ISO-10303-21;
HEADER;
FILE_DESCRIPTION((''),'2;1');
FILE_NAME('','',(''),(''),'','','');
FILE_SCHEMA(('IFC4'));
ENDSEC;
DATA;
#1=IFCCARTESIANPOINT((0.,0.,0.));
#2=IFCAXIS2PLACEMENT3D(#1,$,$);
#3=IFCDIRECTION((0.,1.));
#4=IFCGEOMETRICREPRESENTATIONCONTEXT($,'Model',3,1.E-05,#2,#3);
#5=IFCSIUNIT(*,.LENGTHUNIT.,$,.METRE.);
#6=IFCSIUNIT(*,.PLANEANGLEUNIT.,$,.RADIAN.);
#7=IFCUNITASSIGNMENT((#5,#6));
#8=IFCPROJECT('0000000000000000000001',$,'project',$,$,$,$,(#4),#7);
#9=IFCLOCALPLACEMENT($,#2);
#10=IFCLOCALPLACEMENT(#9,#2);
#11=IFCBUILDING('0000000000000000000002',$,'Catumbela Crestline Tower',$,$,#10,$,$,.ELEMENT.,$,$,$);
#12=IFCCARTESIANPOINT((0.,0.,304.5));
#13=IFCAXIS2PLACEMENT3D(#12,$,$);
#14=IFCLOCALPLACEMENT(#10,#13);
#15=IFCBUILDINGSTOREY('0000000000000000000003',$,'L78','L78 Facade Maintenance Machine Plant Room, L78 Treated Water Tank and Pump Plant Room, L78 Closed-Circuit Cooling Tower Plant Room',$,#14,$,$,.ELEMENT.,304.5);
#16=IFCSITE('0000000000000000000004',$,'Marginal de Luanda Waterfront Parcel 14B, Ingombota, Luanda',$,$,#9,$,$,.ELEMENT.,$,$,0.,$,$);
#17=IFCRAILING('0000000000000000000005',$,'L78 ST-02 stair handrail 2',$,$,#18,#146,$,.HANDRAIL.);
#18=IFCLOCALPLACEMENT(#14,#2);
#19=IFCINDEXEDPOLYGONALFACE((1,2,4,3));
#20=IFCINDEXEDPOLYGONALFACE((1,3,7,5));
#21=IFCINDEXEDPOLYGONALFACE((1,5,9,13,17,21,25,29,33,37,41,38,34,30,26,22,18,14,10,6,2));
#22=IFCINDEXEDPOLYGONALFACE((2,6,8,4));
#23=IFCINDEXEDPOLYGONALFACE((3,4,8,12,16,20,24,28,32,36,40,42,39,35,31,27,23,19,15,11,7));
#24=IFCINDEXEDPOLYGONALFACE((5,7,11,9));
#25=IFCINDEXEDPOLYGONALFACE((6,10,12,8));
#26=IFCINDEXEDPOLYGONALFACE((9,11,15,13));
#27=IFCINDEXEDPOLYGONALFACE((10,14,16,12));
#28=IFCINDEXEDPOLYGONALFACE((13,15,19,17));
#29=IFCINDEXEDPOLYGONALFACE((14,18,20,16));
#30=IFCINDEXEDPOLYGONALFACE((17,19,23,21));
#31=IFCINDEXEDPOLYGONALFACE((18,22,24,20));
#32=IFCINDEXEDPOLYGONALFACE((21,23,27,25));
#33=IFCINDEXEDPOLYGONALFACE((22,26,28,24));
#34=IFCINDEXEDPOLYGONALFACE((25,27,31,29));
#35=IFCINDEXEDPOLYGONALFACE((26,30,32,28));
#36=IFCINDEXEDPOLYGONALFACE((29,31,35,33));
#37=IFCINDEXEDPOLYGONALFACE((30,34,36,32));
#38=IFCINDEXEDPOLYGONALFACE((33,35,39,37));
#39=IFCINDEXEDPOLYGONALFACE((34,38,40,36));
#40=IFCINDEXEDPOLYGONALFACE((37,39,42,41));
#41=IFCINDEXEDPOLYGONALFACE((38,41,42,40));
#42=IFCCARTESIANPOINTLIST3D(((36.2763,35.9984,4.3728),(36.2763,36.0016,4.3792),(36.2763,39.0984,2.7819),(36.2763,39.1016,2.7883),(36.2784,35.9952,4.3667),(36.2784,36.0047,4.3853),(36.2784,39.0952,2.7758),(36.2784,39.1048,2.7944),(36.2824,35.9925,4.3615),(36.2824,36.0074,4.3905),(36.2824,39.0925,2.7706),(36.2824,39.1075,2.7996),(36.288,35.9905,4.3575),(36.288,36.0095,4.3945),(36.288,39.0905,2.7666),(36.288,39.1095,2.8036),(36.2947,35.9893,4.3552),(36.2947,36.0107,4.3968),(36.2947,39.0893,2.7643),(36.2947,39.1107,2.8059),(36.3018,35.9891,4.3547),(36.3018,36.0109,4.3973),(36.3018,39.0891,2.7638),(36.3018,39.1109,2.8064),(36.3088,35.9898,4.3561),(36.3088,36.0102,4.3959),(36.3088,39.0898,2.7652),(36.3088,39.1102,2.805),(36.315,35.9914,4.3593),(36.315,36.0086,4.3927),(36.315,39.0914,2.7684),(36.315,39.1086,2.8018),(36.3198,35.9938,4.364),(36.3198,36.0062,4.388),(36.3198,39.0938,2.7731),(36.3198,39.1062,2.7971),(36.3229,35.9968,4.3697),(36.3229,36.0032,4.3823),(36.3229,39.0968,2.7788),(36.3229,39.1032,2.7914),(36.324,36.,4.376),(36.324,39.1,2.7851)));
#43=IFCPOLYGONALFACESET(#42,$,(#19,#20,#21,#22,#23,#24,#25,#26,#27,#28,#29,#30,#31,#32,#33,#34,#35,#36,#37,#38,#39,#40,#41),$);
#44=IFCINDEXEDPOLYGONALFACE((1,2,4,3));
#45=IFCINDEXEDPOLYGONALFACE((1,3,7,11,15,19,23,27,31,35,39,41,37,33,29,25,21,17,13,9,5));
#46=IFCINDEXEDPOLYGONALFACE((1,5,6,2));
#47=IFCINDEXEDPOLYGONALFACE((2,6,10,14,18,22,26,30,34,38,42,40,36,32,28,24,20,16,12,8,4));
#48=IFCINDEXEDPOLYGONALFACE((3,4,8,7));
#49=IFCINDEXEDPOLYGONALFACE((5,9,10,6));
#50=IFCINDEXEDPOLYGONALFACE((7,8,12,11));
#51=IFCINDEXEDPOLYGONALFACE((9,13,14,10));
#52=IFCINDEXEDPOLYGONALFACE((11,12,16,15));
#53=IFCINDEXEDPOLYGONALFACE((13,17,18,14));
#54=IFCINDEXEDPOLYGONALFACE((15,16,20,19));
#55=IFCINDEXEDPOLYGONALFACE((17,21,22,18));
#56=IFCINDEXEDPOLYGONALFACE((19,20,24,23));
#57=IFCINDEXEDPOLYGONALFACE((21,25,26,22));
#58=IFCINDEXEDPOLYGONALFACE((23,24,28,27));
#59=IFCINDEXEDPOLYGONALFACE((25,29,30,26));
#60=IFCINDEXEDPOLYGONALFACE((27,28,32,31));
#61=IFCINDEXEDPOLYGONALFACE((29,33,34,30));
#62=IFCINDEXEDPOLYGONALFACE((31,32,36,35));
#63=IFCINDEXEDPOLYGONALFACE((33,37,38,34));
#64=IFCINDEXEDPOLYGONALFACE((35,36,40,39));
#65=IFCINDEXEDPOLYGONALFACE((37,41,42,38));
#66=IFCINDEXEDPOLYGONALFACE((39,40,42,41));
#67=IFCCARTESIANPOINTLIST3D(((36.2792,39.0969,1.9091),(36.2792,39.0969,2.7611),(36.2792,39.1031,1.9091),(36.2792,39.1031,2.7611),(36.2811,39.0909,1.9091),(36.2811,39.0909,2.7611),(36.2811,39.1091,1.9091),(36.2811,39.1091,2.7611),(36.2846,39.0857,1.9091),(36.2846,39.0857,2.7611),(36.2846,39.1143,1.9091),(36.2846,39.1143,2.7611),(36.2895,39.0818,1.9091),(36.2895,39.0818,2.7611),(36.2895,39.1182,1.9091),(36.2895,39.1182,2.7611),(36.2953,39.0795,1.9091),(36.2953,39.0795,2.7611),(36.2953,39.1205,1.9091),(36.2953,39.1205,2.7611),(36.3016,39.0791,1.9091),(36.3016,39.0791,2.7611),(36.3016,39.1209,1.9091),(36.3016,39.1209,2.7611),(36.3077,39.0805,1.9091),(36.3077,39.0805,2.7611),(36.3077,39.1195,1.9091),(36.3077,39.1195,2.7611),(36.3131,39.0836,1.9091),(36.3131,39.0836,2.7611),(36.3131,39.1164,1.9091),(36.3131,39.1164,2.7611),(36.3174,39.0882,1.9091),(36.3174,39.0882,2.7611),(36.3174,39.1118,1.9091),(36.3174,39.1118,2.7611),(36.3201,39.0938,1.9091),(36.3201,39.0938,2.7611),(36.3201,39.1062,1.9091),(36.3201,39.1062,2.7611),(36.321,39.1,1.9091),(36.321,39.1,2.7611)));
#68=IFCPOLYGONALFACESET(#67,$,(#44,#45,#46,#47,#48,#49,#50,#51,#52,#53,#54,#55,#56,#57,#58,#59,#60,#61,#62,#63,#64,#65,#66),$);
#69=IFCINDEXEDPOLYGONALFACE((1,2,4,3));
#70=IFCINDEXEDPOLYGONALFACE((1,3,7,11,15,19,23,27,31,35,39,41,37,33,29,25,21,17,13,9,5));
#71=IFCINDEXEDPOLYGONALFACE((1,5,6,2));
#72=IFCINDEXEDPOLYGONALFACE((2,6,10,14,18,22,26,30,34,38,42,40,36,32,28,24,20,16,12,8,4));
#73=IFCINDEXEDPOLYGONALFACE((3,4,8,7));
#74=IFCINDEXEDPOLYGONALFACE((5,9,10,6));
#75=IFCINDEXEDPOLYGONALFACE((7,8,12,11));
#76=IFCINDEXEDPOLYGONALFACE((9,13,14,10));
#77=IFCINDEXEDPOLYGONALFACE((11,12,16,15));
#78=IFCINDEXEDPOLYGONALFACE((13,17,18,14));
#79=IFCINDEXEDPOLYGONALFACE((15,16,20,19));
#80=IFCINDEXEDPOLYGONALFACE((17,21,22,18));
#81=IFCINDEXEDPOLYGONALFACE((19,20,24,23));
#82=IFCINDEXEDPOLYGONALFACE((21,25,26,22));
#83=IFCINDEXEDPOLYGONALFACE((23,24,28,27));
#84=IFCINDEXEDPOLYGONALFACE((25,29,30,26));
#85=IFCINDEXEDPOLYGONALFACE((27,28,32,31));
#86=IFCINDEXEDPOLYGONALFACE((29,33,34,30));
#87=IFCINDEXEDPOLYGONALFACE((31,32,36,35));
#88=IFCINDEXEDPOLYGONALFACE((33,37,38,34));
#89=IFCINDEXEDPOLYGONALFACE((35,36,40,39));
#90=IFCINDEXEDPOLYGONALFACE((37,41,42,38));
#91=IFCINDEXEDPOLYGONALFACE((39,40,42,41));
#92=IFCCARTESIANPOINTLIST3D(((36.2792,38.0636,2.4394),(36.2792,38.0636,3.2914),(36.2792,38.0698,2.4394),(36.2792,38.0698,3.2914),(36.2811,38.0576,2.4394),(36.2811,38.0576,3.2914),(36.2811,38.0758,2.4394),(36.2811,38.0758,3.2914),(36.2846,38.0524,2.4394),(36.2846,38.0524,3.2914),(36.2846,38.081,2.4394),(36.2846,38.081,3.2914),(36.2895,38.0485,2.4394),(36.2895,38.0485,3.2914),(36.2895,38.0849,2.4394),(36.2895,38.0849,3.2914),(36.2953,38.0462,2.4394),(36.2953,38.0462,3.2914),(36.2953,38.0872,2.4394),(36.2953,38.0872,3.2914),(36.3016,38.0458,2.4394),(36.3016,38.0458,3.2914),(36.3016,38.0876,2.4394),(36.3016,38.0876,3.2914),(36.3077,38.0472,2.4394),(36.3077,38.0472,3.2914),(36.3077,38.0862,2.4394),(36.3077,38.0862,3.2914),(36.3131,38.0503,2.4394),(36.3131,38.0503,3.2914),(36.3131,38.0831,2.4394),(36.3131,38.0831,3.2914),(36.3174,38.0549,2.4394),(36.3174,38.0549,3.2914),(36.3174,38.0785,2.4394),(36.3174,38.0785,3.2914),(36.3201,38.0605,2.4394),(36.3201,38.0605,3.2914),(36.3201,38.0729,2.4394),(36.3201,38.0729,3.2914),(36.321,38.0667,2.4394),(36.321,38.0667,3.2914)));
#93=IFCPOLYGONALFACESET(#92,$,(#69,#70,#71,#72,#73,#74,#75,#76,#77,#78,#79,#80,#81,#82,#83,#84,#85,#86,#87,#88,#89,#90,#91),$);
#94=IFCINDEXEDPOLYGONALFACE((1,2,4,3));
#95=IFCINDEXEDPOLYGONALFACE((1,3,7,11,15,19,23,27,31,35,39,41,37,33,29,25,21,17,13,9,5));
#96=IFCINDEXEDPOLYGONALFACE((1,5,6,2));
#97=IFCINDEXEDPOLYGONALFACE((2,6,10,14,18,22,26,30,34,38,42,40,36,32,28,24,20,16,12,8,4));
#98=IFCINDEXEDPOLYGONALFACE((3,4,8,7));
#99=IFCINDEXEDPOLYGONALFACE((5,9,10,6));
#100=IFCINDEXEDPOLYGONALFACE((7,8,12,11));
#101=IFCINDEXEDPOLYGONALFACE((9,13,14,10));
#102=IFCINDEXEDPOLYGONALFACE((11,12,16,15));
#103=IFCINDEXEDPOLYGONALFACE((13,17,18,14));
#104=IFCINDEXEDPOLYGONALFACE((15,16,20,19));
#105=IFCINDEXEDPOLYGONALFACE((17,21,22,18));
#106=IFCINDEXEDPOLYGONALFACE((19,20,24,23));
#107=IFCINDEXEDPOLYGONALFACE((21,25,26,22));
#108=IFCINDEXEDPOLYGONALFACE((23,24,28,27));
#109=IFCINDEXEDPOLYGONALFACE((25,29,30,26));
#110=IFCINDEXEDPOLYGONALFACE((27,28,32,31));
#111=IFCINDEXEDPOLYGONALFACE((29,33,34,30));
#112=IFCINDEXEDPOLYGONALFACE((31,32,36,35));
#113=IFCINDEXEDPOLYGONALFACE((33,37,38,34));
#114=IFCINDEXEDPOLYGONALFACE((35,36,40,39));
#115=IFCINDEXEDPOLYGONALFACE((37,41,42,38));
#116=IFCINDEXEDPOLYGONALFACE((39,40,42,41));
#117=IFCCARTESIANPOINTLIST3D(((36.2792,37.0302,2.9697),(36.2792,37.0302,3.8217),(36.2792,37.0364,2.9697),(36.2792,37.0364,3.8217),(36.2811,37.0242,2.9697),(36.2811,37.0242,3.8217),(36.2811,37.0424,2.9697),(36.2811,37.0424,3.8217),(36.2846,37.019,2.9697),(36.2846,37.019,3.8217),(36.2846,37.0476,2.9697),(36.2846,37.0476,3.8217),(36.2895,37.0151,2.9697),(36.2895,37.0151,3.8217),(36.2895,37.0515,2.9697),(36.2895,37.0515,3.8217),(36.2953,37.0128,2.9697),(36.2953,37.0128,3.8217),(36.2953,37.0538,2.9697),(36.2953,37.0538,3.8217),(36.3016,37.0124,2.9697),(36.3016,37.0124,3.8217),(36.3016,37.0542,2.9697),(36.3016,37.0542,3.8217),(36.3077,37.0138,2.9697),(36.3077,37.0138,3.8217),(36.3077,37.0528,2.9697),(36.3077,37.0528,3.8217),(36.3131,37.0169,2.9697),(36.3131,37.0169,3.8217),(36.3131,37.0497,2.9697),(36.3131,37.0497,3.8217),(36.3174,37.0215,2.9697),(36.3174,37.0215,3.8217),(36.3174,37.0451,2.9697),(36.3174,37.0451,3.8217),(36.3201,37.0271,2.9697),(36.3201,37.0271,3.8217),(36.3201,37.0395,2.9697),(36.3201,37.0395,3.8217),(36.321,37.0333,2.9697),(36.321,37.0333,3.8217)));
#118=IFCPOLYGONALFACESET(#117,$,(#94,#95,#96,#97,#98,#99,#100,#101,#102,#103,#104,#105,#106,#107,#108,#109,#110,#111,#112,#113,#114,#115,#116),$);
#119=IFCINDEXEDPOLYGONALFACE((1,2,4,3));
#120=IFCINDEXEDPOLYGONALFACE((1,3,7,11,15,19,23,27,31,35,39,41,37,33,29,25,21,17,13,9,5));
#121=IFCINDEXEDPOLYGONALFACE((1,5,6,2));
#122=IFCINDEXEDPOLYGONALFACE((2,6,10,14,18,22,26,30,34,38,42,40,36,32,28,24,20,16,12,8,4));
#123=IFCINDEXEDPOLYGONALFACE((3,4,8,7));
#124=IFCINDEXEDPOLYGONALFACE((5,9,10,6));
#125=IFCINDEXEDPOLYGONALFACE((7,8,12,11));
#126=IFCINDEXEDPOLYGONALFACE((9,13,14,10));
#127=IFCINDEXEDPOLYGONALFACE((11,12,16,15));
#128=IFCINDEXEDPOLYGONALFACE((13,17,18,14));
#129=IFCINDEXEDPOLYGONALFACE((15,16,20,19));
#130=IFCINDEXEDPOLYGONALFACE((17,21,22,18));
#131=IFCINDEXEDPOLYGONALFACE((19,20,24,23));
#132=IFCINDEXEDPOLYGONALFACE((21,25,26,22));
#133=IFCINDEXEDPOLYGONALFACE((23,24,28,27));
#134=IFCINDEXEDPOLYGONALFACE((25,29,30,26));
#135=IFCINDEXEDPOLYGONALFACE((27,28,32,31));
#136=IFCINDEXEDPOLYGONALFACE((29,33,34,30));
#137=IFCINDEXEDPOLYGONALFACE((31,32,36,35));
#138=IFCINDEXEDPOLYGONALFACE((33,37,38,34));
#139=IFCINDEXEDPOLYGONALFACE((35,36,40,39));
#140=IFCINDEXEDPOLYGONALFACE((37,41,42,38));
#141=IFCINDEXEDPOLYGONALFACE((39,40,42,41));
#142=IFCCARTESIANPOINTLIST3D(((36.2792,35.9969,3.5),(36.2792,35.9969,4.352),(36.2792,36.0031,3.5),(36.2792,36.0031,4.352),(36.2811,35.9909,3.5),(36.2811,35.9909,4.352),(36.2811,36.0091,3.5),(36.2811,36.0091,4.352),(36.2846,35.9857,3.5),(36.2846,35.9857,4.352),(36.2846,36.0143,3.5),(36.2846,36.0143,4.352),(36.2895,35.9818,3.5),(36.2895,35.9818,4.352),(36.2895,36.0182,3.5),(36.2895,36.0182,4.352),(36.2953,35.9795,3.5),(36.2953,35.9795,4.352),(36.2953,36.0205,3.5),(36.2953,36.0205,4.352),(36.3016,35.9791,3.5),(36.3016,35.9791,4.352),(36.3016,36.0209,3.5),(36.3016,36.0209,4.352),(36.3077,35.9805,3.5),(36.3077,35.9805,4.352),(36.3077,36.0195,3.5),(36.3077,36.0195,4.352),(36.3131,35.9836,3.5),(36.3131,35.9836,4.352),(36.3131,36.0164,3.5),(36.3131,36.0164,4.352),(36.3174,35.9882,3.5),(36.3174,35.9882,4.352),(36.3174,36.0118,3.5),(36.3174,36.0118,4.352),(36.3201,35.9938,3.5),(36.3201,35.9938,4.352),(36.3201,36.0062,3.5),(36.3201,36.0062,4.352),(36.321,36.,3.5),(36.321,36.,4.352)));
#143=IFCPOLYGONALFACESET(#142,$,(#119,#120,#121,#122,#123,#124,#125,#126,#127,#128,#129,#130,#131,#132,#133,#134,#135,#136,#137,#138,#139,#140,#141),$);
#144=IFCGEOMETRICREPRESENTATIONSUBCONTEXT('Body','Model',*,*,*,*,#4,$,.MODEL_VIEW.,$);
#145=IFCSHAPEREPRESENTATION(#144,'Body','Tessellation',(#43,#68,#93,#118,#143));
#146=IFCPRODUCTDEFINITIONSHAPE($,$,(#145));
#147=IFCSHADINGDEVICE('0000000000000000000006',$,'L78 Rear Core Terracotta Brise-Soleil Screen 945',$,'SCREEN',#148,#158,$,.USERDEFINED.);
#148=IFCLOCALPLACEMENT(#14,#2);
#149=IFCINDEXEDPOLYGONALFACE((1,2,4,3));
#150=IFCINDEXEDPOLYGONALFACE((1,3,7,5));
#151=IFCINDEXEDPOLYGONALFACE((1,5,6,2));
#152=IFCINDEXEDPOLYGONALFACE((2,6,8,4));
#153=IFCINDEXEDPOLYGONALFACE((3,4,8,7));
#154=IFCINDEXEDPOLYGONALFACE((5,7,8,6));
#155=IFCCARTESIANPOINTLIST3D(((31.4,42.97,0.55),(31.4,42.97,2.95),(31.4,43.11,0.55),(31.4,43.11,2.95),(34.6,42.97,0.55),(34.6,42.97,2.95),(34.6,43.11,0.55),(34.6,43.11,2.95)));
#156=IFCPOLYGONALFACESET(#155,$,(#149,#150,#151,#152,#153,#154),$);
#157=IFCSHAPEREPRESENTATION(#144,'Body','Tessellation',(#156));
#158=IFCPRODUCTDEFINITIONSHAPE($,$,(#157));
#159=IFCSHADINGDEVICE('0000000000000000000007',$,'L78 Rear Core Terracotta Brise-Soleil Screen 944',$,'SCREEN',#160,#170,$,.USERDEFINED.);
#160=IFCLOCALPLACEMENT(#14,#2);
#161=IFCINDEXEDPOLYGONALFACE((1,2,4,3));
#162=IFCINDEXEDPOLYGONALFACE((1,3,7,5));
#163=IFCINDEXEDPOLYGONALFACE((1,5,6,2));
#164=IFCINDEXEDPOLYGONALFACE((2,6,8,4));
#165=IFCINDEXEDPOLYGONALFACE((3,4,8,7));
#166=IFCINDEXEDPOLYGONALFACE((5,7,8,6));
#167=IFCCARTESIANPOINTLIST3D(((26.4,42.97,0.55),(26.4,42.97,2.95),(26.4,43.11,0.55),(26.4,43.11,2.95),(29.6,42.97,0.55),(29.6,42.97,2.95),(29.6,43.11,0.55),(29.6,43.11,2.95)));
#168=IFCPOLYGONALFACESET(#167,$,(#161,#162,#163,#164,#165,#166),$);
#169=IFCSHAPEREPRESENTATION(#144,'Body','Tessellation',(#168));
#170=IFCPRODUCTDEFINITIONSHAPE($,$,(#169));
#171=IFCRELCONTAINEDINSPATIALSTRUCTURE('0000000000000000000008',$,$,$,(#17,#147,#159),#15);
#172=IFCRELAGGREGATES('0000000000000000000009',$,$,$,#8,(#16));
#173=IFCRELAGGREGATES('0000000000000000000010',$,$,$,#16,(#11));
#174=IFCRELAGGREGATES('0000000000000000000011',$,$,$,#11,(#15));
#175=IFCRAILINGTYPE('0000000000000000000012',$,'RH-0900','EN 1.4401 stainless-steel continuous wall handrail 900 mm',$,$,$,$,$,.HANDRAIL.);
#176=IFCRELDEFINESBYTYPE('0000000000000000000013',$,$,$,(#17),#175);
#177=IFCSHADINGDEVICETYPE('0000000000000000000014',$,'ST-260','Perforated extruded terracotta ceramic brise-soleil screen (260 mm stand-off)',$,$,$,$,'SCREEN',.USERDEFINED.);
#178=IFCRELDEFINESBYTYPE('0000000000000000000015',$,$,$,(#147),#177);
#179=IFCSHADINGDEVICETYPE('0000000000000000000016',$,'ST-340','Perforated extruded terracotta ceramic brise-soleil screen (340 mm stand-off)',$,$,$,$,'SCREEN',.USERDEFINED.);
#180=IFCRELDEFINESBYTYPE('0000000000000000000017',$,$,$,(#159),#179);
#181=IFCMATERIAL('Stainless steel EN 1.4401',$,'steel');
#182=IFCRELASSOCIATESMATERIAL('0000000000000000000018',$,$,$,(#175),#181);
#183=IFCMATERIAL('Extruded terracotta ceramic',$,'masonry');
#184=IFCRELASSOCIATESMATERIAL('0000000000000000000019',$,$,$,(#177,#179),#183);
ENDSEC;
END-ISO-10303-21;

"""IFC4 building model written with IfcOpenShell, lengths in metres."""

from ifc_helpers import new_model, si_unit, direction, frame, origin, origin_2d, place, context, subcontext, project, spatial, rectangle, circle, extrude, material, type_object, element, save


model = new_model("IFC4")

# Units and contexts
model_context = context("Model", 3, precision=1e-05, world=origin(), true_north=direction((0.0, 1.0)))
body_context = subcontext(model_context, "Body", "Model", "MODEL_VIEW")
ifc_project = project(units=[si_unit("LENGTHUNIT", "METRE"), si_unit("PLANEANGLEUNIT", "RADIAN")], contexts=[model_context])

# Site, building, storey
site_placement = place(None, origin())
site = spatial("IfcSite", under=ifc_project, at=site_placement, Name="Marginal de Luanda Waterfront Parcel 14B, Ingombota, Luanda", CompositionType="ELEMENT", RefElevation=0.0)
building_placement = place(site_placement, origin())
building = spatial("IfcBuilding", under=site, at=building_placement, Name="Catumbela Crestline Tower", CompositionType="ELEMENT")
storey_placement = place(building_placement, frame((0.0, 0.0, 304.5)))
storey = spatial("IfcBuildingStorey", under=building, at=storey_placement, Name="L78", Description="L78 Facade Maintenance Machine Plant Room, L78 Treated Water Tank and Pump Plant Room, L78 Closed-Circuit Cooling Tower Plant Room", CompositionType="ELEMENT", Elevation=304.5)

# Shared definitions
ifc_material_1 = material(Name="Stainless steel EN 1.4401", Category="steel")

# Railing
railing_type = type_object("IfcRailingType", Name="RH-0900", Description="EN 1.4401 stainless-steel continuous wall handrail 900 mm", PredefinedType="HANDRAIL", material=ifc_material_1)
railing_placement = place(storey_placement, frame((36.3, 39.1, 1.9091)))
element("IfcRailing", 1, at=railing_placement, inside=storey, type_object=railing_type, Name="L78 ST-02 stair handrail 2", PredefinedType="HANDRAIL", context=body_context, shape_type="SweptSolid", body=[
    extrude(circle(Radius=0.024, at=origin_2d()), frame((0.0, 0.0, 0.876), z_axis=(0.0, -0.889683, 0.456579), x_axis=(1.0, 0.0, 0.0)), (0.0, 0.0, 1.0), 3.4844),
    extrude(circle(Radius=0.021, at=origin_2d()), origin(), (0.0, 0.0, 1.0), 0.852),
    extrude(circle(Radius=0.021, at=origin_2d()), frame((0.0, -1.0333, 0.5303)), (0.0, 0.0, 1.0), 0.852),
    extrude(circle(Radius=0.021, at=origin_2d()), frame((0.0, -2.0667, 1.0606)), (0.0, 0.0, 1.0), 0.852),
    extrude(circle(Radius=0.021, at=origin_2d()), frame((0.0, -3.1, 1.5909)), (0.0, 0.0, 1.0), 0.852),
])

# Shading devices
ifc_material_2 = material(Name="Extruded terracotta ceramic", Category="masonry")
shading_device_type_1 = type_object("IfcShadingDeviceType", Name="ST-260", Description="Perforated extruded terracotta ceramic brise-soleil screen (260 mm stand-off)", ElementType="SCREEN", PredefinedType="USERDEFINED", material=ifc_material_2)
shading_device_1_placement = place(storey_placement, frame((33.0, 43.04, 0.55), z_axis=(0.0, 0.0, 1.0), x_axis=(1.0, 0.0, 0.0)))
element("IfcShadingDevice", 2, at=shading_device_1_placement, inside=storey, type_object=shading_device_type_1, Name="L78 Rear Core Terracotta Brise-Soleil Screen 945", ObjectType="SCREEN", PredefinedType="USERDEFINED", context=body_context, shape_type="SweptSolid", body=[
    extrude(rectangle(XDim=3.2, YDim=0.14, at=origin_2d()), origin(), (0.0, 0.0, 1.0), 2.4),
])
shading_device_type_2 = type_object("IfcShadingDeviceType", Name="ST-340", Description="Perforated extruded terracotta ceramic brise-soleil screen (340 mm stand-off)", ElementType="SCREEN", PredefinedType="USERDEFINED", material=ifc_material_2)
shading_device_2_placement = place(storey_placement, frame((28.0, 43.04, 0.55), z_axis=(0.0, 0.0, 1.0), x_axis=(1.0, 0.0, 0.0)))
element("IfcShadingDevice", 3, at=shading_device_2_placement, inside=storey, type_object=shading_device_type_2, Name="L78 Rear Core Terracotta Brise-Soleil Screen 944", ObjectType="SCREEN", PredefinedType="USERDEFINED", context=body_context, shape_type="SweptSolid", body=[
    extrude(rectangle(XDim=3.2, YDim=0.14, at=origin_2d()), origin(), (0.0, 0.0, 1.0), 2.4),
])

save(model, "model.ifc")
